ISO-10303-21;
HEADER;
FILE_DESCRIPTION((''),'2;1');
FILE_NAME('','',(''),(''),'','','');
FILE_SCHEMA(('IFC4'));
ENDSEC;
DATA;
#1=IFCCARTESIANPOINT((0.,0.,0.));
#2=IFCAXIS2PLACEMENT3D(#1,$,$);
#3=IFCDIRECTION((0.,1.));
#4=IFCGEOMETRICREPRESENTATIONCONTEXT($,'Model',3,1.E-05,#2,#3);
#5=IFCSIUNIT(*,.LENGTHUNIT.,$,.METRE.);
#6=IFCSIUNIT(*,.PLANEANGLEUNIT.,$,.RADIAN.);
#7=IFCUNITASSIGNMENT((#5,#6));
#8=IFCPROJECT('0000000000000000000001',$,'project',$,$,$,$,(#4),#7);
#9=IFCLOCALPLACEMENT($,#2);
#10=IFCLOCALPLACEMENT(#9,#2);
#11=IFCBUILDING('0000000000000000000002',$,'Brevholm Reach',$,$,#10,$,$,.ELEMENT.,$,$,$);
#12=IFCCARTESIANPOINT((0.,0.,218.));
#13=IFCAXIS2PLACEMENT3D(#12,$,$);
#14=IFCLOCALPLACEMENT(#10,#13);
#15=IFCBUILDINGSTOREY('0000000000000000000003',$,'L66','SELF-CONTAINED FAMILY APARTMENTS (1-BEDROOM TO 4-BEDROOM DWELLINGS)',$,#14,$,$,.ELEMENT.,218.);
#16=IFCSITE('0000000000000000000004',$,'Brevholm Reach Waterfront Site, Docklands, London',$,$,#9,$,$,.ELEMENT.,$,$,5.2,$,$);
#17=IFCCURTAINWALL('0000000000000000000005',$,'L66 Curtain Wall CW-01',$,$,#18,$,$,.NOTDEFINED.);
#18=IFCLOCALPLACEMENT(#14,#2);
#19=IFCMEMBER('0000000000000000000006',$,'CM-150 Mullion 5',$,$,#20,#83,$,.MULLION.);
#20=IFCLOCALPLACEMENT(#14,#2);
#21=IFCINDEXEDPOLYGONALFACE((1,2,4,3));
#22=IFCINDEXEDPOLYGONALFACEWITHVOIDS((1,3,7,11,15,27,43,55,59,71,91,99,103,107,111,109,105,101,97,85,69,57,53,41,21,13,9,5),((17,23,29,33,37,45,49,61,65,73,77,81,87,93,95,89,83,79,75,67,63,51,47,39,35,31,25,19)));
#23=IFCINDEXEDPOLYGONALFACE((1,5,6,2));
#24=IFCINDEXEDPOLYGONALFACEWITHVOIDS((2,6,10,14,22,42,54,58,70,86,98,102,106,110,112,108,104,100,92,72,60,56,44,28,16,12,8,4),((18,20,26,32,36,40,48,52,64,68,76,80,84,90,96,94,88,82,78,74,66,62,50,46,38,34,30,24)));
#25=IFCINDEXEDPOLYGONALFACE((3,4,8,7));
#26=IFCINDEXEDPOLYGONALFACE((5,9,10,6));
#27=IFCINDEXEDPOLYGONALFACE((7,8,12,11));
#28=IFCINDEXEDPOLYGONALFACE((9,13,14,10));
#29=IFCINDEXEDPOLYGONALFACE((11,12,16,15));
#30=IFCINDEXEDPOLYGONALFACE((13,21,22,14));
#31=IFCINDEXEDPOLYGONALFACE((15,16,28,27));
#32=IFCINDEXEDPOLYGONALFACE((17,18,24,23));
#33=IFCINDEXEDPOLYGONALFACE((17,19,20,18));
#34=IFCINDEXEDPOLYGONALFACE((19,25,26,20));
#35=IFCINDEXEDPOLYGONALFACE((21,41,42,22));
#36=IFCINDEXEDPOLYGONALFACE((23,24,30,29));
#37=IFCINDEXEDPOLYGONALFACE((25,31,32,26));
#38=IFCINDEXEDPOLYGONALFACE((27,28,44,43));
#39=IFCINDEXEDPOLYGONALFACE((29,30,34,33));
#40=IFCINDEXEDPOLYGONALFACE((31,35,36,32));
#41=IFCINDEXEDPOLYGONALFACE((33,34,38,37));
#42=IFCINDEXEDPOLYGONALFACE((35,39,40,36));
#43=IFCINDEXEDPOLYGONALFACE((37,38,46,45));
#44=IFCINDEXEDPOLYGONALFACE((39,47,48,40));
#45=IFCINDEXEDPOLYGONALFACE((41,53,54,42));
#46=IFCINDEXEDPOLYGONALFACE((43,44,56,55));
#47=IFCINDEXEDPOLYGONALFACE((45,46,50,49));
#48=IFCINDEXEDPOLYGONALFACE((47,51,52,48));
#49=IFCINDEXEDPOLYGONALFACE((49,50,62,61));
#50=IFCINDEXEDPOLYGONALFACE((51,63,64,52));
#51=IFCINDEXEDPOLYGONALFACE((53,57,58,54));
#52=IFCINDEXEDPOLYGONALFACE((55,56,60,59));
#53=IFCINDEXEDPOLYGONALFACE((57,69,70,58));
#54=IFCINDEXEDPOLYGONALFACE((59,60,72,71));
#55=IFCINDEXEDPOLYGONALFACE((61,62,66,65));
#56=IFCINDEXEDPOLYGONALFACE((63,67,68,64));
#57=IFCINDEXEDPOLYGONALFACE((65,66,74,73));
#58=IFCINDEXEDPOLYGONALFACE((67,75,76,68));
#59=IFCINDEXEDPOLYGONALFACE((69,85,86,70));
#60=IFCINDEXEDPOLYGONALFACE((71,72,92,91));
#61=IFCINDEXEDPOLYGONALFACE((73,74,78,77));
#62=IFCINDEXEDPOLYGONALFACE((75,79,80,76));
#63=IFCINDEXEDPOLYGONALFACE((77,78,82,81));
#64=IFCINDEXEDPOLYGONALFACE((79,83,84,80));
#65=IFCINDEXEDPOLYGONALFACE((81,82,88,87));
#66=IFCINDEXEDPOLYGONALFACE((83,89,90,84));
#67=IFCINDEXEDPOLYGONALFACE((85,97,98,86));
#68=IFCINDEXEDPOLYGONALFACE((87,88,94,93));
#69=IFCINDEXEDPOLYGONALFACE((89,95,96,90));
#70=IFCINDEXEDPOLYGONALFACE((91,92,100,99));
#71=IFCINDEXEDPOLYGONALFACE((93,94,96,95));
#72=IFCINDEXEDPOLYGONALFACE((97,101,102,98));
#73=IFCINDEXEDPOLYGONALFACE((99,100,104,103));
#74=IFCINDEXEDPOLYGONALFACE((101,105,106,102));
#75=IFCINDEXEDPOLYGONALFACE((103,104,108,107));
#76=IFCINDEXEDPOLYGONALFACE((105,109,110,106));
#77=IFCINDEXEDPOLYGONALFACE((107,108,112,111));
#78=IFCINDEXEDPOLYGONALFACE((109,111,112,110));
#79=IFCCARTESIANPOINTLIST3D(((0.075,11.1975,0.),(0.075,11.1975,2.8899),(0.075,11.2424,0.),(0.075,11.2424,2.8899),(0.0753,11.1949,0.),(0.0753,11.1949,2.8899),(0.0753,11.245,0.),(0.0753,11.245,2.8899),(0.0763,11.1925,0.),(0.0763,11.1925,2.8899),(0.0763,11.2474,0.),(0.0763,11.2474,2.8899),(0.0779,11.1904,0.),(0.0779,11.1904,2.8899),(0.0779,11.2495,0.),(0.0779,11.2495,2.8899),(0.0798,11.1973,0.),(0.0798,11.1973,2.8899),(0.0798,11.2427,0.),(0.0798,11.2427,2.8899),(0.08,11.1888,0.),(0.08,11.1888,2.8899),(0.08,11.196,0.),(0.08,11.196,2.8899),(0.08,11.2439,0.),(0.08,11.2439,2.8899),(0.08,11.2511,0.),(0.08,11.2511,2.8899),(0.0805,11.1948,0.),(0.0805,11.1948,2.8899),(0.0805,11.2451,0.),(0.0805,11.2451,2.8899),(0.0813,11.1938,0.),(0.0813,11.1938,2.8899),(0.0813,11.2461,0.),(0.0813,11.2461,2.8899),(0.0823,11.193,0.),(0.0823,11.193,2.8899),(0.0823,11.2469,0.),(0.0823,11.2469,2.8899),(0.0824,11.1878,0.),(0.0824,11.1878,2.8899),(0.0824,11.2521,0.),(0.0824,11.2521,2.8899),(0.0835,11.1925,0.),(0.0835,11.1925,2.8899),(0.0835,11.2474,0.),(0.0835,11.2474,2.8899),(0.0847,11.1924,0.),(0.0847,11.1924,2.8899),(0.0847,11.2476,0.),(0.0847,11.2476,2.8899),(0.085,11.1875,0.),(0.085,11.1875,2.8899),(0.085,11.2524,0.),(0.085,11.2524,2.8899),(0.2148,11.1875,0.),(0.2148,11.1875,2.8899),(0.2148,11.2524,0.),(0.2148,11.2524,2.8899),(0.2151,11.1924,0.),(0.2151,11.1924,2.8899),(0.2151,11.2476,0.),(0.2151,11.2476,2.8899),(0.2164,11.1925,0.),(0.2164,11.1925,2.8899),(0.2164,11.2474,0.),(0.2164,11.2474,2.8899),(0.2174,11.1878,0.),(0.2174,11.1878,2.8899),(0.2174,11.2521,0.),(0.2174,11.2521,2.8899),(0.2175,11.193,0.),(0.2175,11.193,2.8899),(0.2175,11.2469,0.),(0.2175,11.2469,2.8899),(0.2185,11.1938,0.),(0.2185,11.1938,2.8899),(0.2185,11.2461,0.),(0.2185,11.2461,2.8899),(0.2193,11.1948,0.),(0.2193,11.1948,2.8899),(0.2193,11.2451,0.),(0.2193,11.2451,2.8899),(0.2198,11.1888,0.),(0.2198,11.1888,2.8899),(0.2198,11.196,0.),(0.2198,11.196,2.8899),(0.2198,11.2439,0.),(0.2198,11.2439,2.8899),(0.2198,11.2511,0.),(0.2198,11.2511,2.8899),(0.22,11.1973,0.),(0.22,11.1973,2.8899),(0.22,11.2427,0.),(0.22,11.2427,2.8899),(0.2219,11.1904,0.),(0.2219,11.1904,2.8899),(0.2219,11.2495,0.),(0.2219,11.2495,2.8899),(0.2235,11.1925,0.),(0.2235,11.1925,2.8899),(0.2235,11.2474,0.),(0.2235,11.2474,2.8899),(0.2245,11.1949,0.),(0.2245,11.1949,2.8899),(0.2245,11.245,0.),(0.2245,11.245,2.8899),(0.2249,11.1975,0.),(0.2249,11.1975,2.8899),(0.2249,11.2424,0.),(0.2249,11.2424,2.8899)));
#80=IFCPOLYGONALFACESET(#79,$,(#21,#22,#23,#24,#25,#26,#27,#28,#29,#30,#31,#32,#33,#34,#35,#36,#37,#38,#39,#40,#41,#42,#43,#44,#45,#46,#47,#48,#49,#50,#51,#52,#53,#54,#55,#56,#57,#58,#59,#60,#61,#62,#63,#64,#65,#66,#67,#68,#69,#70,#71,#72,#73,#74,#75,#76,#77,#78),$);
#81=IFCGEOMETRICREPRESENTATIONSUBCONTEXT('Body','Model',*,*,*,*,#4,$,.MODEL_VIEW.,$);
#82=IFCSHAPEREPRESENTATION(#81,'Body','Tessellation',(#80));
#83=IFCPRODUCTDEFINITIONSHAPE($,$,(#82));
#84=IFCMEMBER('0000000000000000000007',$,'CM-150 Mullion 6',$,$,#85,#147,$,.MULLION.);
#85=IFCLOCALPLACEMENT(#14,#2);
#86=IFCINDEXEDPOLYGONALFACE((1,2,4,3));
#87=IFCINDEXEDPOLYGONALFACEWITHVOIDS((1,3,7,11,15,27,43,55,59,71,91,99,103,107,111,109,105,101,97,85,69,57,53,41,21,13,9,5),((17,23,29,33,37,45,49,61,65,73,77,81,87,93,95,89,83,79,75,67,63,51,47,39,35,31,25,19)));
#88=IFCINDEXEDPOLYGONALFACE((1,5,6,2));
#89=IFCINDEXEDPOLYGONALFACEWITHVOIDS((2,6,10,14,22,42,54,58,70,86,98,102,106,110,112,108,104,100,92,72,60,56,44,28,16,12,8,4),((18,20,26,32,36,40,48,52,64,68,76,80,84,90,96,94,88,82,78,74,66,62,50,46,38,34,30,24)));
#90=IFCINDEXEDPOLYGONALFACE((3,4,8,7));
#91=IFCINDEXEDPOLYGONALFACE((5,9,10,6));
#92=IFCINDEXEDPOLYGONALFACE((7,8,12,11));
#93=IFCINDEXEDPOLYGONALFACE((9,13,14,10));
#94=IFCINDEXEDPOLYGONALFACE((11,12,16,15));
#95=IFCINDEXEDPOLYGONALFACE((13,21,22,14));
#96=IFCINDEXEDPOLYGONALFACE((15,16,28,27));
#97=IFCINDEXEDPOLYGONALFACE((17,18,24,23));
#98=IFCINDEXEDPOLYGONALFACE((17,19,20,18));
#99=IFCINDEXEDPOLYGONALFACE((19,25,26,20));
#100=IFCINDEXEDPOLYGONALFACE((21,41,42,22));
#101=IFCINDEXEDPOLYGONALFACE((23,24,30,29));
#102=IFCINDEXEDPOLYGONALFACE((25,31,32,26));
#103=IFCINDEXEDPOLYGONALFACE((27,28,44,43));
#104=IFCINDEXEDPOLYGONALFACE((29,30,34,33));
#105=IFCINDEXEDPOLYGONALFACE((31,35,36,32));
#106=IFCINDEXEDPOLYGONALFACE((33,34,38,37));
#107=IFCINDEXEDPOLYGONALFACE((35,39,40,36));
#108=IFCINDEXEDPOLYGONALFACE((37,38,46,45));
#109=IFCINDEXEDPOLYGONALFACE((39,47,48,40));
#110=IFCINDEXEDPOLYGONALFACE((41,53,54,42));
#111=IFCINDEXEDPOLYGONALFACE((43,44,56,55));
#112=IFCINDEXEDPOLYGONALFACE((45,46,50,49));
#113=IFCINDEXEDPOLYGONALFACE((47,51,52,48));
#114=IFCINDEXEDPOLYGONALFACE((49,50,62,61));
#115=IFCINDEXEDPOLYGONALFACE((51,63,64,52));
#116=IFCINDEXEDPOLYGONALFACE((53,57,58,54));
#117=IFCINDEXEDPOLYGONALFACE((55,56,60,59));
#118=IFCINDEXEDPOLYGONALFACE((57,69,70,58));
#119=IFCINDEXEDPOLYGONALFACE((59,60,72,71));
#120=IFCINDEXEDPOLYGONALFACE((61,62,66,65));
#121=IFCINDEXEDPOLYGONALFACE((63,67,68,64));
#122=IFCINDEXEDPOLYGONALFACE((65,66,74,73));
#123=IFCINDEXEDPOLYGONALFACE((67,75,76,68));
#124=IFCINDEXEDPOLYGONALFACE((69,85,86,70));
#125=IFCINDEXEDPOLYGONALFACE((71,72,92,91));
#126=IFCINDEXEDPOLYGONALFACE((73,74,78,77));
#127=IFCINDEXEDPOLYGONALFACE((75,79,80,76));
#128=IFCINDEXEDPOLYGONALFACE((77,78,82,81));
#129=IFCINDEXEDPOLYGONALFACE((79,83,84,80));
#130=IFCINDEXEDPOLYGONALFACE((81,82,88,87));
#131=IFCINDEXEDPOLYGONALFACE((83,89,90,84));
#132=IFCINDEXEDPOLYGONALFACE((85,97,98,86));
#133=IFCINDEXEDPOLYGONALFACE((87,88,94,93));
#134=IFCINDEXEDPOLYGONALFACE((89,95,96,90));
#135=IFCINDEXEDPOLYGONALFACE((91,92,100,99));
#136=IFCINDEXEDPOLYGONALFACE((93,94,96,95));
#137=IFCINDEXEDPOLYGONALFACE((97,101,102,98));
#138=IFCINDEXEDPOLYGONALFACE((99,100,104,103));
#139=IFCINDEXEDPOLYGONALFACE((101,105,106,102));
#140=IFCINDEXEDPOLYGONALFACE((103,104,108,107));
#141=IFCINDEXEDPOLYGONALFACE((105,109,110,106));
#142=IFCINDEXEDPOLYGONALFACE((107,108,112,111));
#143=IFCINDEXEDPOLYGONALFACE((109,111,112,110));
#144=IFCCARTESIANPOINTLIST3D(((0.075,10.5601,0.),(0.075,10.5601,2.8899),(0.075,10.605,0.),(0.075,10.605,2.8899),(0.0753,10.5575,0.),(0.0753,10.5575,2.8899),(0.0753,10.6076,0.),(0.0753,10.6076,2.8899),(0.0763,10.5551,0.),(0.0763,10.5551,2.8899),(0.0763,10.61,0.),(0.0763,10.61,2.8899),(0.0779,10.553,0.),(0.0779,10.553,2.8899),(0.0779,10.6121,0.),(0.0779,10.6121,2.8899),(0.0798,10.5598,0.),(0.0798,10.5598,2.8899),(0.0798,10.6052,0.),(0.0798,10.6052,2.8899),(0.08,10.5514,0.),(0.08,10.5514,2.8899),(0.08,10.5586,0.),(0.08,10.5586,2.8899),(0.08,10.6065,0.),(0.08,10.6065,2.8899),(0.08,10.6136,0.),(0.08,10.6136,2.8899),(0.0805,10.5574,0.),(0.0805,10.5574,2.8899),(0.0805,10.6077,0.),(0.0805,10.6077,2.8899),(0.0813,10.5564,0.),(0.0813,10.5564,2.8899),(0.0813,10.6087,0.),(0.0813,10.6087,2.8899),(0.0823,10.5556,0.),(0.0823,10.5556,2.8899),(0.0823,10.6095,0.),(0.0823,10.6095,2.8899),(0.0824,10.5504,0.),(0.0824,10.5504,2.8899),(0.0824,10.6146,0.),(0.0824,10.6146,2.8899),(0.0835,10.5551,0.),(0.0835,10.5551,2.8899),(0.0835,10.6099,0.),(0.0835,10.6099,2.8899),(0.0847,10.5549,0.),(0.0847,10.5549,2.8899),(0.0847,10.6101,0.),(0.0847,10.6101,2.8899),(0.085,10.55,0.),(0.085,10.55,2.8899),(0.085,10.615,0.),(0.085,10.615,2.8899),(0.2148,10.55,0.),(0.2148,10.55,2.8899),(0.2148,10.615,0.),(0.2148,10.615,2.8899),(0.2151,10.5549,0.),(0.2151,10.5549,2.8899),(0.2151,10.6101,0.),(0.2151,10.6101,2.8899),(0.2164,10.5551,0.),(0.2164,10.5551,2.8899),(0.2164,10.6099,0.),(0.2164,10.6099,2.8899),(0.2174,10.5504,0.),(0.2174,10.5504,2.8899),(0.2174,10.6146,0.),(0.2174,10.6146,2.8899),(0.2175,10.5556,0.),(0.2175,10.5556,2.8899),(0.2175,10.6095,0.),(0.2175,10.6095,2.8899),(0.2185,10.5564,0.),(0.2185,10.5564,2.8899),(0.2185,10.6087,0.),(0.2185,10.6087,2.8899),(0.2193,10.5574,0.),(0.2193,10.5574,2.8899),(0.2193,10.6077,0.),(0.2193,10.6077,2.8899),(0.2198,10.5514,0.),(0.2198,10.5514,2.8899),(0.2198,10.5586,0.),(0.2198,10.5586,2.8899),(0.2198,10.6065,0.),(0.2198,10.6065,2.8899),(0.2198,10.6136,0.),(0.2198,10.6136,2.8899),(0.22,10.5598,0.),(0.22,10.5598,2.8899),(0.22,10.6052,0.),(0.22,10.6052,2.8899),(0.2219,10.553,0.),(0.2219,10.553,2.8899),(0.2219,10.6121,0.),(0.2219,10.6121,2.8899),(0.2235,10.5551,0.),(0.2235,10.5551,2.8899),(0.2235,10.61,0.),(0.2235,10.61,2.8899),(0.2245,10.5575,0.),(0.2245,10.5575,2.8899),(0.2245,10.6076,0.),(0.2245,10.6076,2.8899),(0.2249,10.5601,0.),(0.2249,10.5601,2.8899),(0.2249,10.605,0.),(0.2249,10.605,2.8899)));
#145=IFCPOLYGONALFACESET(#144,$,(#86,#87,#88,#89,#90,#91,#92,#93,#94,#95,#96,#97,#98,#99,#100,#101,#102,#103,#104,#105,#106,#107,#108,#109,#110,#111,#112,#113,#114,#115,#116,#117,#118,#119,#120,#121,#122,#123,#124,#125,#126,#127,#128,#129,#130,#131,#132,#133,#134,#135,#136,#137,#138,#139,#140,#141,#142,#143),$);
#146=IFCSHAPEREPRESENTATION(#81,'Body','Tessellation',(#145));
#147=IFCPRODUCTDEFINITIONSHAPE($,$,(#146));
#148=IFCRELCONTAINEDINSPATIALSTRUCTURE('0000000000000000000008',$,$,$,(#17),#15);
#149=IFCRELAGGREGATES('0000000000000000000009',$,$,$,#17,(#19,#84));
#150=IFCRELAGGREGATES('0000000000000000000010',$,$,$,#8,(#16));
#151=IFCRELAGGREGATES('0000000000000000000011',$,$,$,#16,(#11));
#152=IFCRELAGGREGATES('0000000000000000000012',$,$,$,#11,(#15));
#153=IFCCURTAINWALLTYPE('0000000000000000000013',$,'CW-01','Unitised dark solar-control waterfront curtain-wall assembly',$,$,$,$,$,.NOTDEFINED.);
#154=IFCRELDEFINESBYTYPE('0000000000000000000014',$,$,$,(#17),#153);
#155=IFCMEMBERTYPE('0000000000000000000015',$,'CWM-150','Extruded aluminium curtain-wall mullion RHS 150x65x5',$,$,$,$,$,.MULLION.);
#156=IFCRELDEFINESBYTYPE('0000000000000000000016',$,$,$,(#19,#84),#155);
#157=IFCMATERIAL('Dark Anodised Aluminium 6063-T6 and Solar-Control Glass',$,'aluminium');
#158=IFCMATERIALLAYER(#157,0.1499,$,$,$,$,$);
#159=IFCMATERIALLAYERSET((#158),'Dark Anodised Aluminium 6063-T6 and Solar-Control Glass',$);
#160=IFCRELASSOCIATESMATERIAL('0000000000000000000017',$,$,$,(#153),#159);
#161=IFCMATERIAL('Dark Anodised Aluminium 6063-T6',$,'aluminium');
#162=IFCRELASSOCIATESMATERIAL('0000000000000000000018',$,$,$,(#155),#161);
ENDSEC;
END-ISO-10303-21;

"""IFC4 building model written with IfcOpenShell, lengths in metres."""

from ifc_helpers import new_model, si_unit, direction, frame, origin, origin_2d, place, context, subcontext, project, spatial, hollow_rectangle, extrude, material, layer, layer_set, material_profile, profile_set, type_object, element, aggregate, save


model = new_model("IFC4")

# Units and contexts
model_context = context("Model", 3, precision=1e-05, world=origin(), true_north=direction((0.0, 1.0)))
body_context = subcontext(model_context, "Body", "Model", "MODEL_VIEW")
ifc_project = project(units=[si_unit("LENGTHUNIT", "METRE"), si_unit("PLANEANGLEUNIT", "RADIAN")], contexts=[model_context])

# Site, building, storey
site_placement = place(None, origin())
site = spatial("IfcSite", under=ifc_project, at=site_placement, Name="Brevholm Reach Waterfront Site, Docklands, London", CompositionType="ELEMENT", RefElevation=5.2)
building_placement = place(site_placement, origin())
building = spatial("IfcBuilding", under=site, at=building_placement, Name="Brevholm Reach", CompositionType="ELEMENT")
storey_placement = place(building_placement, frame((0.0, 0.0, 218.0)))
storey = spatial("IfcBuildingStorey", under=building, at=storey_placement, Name="L66", Description="SELF-CONTAINED FAMILY APARTMENTS (1-BEDROOM TO 4-BEDROOM DWELLINGS)", CompositionType="ELEMENT", Elevation=218.0)

# Curtain wall, members
ifc_material_1 = material(Name="Dark Anodised Aluminium 6063-T6 and Solar-Control Glass", Category="aluminium")
ifc_layer_1 = layer(ifc_material_1, 0.1499)
ifc_layer_set_1 = layer_set([ifc_layer_1], Name="Dark Anodised Aluminium 6063-T6 and Solar-Control Glass")
curtain_wall_type = type_object("IfcCurtainWallType", Name="CW-01", Description="Unitised dark solar-control waterfront curtain-wall assembly", PredefinedType="NOTDEFINED", material=ifc_layer_set_1)
curtain_wall_placement = place(storey_placement, origin())
curtain_wall = element("IfcCurtainWall", 1, at=curtain_wall_placement, inside=storey, type_object=curtain_wall_type, Name="L66 Curtain Wall CW-01", PredefinedType="NOTDEFINED")
ifc_material_2 = material(Name="Dark Anodised Aluminium 6063-T6", Category="aluminium")
ifc_material_profile_1 = material_profile(ifc_material_2, hollow_rectangle(XDim=0.0649, YDim=0.1499, WallThickness=0.0049, InnerFilletRadius=0.0049, OuterFilletRadius=0.01, at=origin_2d()), Name="RHS 150x65x5")
ifc_profile_set_1 = profile_set([ifc_material_profile_1], Name="Dark Anodised Aluminium 6063-T6")
member_type_1 = type_object("IfcMemberType", Name="CWM-150", Description="Extruded aluminium curtain-wall mullion RHS 150x65x5", PredefinedType="MULLION", material=ifc_profile_set_1)
member_1_placement = place(storey_placement, frame((0.1499, 11.22, 0.0), z_axis=(0.0, 0.0, 1.0), x_axis=(0.0, -1.0, 0.0)))
member_1 = element("IfcMember", 2, at=member_1_placement, type_object=member_type_1, Name="CM-150 Mullion 5", PredefinedType="MULLION", context=body_context, shape_type="SweptSolid", body=[
    extrude(hollow_rectangle(XDim=0.0649, YDim=0.1499, WallThickness=0.0049, InnerFilletRadius=0.0049, OuterFilletRadius=0.01, at=origin_2d()), origin(), (0.0, 0.0, 1.0), 2.8899),
])
member_2_placement = place(storey_placement, frame((0.1499, 10.5825, 0.0), z_axis=(0.0, 0.0, 1.0), x_axis=(0.0, -1.0, 0.0)))
member_2 = element("IfcMember", 3, at=member_2_placement, type_object=member_type_1, Name="CM-150 Mullion 6", PredefinedType="MULLION", context=body_context, shape_type="SweptSolid", body=[
    extrude(hollow_rectangle(XDim=0.0649, YDim=0.1499, WallThickness=0.0049, InnerFilletRadius=0.0049, OuterFilletRadius=0.01, at=origin_2d()), origin(), (0.0, 0.0, 1.0), 2.8899),
])
aggregate(curtain_wall, [member_1, member_2])

save(model, "model.ifc")
